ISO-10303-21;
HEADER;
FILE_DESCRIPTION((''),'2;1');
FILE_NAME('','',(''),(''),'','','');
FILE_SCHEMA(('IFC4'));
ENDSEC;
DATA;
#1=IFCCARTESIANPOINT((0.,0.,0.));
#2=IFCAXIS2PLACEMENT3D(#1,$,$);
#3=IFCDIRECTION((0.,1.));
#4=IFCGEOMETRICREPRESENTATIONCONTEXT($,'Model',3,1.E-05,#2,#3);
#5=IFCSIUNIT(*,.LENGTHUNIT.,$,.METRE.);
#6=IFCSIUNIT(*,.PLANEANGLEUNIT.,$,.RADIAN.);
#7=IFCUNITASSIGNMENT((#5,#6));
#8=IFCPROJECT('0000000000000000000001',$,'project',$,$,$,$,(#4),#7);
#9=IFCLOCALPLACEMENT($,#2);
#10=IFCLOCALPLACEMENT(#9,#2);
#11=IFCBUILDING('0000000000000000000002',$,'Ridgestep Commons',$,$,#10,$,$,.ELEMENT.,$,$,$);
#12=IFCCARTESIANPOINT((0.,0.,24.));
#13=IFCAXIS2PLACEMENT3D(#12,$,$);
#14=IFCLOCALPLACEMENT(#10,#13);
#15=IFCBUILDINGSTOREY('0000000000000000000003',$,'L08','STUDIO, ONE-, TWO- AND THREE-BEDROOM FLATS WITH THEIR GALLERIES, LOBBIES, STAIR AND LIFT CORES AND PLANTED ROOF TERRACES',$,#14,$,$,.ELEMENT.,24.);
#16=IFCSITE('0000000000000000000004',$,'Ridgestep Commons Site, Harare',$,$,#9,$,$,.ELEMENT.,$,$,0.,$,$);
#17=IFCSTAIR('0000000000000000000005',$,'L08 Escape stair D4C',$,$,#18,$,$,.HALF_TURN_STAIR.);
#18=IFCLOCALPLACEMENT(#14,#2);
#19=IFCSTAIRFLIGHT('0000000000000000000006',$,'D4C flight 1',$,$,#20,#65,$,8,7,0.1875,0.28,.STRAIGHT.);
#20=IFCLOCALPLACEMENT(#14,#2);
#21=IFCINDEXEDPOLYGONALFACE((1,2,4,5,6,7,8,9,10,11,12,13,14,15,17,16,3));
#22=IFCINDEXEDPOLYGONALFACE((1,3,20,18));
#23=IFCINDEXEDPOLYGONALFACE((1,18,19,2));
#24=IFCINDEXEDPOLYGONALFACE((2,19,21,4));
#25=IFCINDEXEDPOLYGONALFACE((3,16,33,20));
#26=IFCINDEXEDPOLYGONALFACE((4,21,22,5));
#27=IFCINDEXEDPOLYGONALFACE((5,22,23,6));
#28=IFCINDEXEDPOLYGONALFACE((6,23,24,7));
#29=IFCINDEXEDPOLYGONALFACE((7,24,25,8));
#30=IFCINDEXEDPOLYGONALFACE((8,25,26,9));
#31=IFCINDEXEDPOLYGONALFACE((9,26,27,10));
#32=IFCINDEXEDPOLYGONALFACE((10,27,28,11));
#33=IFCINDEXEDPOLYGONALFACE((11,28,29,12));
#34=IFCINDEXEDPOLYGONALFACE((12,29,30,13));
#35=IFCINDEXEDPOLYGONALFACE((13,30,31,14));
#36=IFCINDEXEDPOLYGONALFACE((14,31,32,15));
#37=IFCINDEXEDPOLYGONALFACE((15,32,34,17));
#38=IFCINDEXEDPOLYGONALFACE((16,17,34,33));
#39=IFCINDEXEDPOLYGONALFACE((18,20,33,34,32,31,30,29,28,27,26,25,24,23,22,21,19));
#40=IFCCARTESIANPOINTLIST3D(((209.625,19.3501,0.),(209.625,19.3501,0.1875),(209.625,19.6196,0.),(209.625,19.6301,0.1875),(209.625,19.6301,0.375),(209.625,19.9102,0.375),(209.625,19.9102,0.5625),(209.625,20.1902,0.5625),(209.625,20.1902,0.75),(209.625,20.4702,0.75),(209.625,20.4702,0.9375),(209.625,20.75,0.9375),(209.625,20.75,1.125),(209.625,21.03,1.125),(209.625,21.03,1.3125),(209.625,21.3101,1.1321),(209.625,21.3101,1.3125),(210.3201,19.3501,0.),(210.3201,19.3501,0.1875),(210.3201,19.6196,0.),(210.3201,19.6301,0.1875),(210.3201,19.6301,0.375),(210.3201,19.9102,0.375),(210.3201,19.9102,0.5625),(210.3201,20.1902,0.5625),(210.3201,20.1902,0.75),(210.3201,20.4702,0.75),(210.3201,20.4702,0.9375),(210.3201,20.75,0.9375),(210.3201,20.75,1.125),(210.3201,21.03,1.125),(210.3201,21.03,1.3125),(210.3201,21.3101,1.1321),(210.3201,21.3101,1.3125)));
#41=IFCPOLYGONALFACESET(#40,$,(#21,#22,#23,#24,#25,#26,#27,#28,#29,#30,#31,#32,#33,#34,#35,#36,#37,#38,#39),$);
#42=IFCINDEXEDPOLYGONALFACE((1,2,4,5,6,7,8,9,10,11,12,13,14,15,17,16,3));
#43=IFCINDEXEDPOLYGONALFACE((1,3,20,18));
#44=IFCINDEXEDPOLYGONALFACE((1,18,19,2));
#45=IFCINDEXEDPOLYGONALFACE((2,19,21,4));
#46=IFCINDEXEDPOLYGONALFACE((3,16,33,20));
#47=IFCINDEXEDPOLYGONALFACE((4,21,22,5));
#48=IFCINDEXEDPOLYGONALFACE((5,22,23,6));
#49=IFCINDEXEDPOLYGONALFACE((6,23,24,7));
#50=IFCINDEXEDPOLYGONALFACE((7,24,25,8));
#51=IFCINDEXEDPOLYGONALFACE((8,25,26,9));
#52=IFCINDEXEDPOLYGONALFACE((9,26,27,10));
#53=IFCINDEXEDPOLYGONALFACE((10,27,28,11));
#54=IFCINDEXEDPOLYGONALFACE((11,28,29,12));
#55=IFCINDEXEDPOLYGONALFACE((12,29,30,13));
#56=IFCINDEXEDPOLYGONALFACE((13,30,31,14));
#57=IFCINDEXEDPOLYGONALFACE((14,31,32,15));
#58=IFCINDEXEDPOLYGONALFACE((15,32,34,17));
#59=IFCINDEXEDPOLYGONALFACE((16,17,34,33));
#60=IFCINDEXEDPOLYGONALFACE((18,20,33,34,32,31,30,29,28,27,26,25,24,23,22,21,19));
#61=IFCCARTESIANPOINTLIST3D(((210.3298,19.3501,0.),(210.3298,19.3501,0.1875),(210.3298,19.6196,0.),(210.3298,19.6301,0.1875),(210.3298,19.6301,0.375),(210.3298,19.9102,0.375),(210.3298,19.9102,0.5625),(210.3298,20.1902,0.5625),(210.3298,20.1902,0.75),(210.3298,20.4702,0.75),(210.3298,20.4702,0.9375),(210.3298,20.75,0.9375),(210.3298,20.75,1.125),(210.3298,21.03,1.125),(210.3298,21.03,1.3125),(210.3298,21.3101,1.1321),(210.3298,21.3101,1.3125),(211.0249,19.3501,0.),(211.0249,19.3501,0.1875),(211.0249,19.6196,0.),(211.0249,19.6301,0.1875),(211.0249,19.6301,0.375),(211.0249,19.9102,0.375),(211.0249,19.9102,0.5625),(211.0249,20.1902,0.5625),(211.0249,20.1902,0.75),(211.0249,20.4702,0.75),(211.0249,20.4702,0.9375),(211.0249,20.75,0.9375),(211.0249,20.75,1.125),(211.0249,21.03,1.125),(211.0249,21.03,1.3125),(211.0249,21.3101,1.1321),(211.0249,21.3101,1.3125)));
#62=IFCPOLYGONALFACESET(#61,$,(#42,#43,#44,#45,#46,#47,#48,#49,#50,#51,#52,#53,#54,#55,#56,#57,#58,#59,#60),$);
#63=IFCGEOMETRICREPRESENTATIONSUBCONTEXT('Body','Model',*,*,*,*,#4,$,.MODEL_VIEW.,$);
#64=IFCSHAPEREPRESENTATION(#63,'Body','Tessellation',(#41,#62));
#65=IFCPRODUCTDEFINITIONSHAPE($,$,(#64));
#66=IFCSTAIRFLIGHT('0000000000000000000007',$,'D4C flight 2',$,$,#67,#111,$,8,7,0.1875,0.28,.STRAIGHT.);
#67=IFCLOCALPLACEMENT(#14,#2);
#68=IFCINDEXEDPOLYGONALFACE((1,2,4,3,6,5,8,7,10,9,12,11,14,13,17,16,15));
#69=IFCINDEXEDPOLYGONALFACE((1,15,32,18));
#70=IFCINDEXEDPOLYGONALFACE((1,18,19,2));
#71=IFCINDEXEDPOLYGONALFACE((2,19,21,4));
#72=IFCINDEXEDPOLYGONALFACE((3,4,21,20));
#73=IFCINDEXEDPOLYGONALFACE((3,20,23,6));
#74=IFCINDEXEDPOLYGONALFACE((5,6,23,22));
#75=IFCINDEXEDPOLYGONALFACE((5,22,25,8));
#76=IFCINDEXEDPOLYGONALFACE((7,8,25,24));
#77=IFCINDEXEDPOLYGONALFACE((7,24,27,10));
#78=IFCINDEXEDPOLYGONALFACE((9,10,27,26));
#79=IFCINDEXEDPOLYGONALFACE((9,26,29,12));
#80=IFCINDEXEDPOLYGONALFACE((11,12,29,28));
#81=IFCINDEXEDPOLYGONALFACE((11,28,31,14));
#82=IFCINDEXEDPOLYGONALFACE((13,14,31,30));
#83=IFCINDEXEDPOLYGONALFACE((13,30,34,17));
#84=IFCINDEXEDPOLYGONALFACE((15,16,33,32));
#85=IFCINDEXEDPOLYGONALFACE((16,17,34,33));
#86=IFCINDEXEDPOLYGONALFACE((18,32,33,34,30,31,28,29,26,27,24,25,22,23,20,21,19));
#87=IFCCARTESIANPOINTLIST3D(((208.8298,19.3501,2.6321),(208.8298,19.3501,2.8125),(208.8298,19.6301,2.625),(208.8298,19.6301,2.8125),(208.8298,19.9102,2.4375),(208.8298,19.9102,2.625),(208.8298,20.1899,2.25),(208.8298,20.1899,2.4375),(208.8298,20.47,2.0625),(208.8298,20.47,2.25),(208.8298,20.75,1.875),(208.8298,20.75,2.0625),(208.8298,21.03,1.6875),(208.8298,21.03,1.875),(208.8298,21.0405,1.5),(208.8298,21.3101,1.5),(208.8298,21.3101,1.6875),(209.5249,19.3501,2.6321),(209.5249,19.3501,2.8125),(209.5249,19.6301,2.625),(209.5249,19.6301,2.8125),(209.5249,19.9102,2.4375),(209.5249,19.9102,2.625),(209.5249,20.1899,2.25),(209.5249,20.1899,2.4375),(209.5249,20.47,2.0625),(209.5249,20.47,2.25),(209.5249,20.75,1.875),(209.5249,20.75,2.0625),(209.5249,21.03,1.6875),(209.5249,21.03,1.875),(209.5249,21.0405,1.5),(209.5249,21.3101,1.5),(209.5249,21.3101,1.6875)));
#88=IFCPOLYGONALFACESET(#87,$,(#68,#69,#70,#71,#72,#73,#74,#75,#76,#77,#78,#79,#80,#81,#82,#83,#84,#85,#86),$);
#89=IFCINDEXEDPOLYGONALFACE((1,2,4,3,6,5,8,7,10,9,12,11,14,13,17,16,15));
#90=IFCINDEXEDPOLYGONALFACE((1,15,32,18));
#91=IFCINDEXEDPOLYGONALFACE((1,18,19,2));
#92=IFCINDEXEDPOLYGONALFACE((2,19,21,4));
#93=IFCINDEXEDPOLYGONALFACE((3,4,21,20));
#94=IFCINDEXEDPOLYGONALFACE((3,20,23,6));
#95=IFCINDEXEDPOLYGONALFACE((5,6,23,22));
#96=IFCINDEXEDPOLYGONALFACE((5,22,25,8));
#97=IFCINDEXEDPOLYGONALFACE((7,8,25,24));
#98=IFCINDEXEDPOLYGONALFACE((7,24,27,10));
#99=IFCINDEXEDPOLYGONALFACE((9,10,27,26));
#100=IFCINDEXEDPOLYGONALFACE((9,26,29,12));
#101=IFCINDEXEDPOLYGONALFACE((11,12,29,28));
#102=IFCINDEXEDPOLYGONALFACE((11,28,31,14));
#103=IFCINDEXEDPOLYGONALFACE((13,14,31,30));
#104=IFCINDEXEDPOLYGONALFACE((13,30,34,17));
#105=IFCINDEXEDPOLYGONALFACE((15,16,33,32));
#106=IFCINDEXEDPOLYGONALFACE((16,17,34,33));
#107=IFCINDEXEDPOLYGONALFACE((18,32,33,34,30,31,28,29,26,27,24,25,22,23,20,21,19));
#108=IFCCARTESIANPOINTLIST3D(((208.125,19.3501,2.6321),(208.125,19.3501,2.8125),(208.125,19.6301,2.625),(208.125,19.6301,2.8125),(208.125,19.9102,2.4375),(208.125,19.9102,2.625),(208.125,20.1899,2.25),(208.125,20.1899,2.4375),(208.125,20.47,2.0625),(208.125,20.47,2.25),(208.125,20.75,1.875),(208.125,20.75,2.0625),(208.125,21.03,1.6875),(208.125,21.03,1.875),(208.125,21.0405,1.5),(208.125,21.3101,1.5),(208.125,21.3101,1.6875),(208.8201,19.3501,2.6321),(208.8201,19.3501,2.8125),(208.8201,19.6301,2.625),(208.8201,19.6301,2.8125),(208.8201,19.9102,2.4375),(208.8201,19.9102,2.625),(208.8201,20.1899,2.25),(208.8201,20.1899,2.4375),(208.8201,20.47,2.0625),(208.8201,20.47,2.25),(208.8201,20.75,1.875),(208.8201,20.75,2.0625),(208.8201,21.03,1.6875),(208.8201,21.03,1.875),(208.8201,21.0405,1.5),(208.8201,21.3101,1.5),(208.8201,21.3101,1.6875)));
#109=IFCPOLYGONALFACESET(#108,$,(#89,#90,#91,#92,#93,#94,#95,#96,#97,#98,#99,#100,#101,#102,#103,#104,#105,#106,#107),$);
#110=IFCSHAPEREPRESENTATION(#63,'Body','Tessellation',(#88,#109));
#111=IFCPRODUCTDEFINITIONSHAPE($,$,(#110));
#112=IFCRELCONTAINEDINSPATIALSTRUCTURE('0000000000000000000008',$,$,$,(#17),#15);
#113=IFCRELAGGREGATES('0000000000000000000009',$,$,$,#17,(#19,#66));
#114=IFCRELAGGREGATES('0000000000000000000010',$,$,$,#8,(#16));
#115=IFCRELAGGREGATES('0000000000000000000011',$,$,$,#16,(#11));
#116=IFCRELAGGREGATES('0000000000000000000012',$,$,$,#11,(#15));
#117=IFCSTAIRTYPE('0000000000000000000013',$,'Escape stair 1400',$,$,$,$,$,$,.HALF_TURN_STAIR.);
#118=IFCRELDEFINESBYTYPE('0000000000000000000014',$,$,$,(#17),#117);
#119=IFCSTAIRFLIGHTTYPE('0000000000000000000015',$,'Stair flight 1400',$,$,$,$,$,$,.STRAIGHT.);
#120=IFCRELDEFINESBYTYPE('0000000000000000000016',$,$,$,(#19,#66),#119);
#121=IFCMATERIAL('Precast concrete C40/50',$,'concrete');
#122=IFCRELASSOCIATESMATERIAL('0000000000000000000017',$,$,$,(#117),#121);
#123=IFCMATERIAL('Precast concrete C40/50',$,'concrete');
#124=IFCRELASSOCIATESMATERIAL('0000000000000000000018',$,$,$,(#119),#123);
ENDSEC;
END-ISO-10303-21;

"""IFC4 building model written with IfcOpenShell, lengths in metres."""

from ifc_helpers import new_model, si_unit, direction, frame, origin, place, context, subcontext, project, spatial, polyline, outline, extrude, material, type_object, element, aggregate, save


model = new_model("IFC4")

# Units and contexts
model_context = context("Model", 3, precision=1e-05, world=origin(), true_north=direction((0.0, 1.0)))
body_context = subcontext(model_context, "Body", "Model", "MODEL_VIEW")
ifc_project = project(units=[si_unit("LENGTHUNIT", "METRE"), si_unit("PLANEANGLEUNIT", "RADIAN")], contexts=[model_context])

# Site, building, storey
site_placement = place(None, origin())
site = spatial("IfcSite", under=ifc_project, at=site_placement, Name="Ridgestep Commons Site, Harare", CompositionType="ELEMENT", RefElevation=0.0)
building_placement = place(site_placement, origin())
building = spatial("IfcBuilding", under=site, at=building_placement, Name="Ridgestep Commons", CompositionType="ELEMENT")
storey_placement = place(building_placement, frame((0.0, 0.0, 24.0)))
storey = spatial("IfcBuildingStorey", under=building, at=storey_placement, Name="L08", Description="STUDIO, ONE-, TWO- AND THREE-BEDROOM FLATS WITH THEIR GALLERIES, LOBBIES, STAIR AND LIFT CORES AND PLANTED ROOF TERRACES", CompositionType="ELEMENT", Elevation=24.0)

# Stair, stair flights
ifc_material_1 = material(Name="Precast concrete C40/50", Category="concrete")
stair_type = type_object("IfcStairType", Name="Escape stair 1400", PredefinedType="HALF_TURN_STAIR", material=ifc_material_1)
stair_placement = place(storey_placement, origin())
stair = element("IfcStair", 1, at=stair_placement, inside=storey, type_object=stair_type, Name="L08 Escape stair D4C", PredefinedType="HALF_TURN_STAIR")
ifc_material_2 = material(Name="Precast concrete C40/50", Category="concrete")
stair_flight_type = type_object("IfcStairFlightType", Name="Stair flight 1400", PredefinedType="STRAIGHT", material=ifc_material_2)
stair_flight_1_placement = place(storey_placement, frame((210.325, 19.3501, 0.0), z_axis=(0.0, 0.0, 1.0), x_axis=(0.0, 1.0, 0.0)))
stair_flight_1 = element("IfcStairFlight", 2, at=stair_flight_1_placement, type_object=stair_flight_type, Name="D4C flight 1", NumberOfRisers=8, NumberOfTreads=7, PredefinedType="STRAIGHT", RiserHeight=0.1875, TreadLength=0.28, context=body_context, shape_type="SweptSolid", body=[
    extrude(outline(polyline([(0.0, 0.0), (0.0, 0.1875), (0.28, 0.1875), (0.28, 0.375), (0.5601, 0.375), (0.5601, 0.5625), (0.8401, 0.5625), (0.8401, 0.75), (1.1201, 0.75), (1.1201, 0.9375), (1.3999, 0.9375), (1.3999, 1.125), (1.6799, 1.125), (1.6799, 1.3125), (1.96, 1.3125), (1.96, 1.5), (1.96, 1.1321), (0.2695, 0.0), (0.0, 0.0)])), frame((0.0, 0.7, 0.0), z_axis=(0.0, -1.0, 0.0), x_axis=(1.0, 0.0, 0.0)), (0.0, 0.0, 1.0), 0.6951),
    extrude(outline(polyline([(0.0, 0.0), (0.0, 0.1875), (0.28, 0.1875), (0.28, 0.375), (0.5601, 0.375), (0.5601, 0.5625), (0.8401, 0.5625), (0.8401, 0.75), (1.1201, 0.75), (1.1201, 0.9375), (1.3999, 0.9375), (1.3999, 1.125), (1.6799, 1.125), (1.6799, 1.3125), (1.96, 1.3125), (1.96, 1.5), (1.96, 1.1321), (0.2695, 0.0), (0.0, 0.0)])), frame((0.0, -0.0049, 0.0), z_axis=(0.0, -1.0, 0.0), x_axis=(1.0, 0.0, 0.0)), (0.0, 0.0, 1.0), 0.6951),
])
stair_flight_2_placement = place(storey_placement, frame((208.825, 21.3101, 1.5), z_axis=(0.0, 0.0, 1.0), x_axis=(0.0, -1.0, 0.0)))
stair_flight_2 = element("IfcStairFlight", 3, at=stair_flight_2_placement, type_object=stair_flight_type, Name="D4C flight 2", NumberOfRisers=8, NumberOfTreads=7, PredefinedType="STRAIGHT", RiserHeight=0.1875, TreadLength=0.28, context=body_context, shape_type="SweptSolid", body=[
    extrude(outline(polyline([(0.0, 0.0), (0.0, 0.1875), (0.28, 0.1875), (0.28, 0.375), (0.5601, 0.375), (0.5601, 0.5625), (0.8401, 0.5625), (0.8401, 0.75), (1.1201, 0.75), (1.1201, 0.9375), (1.3999, 0.9375), (1.3999, 1.125), (1.6799, 1.125), (1.6799, 1.3125), (1.96, 1.3125), (1.96, 1.5), (1.96, 1.1321), (0.2695, 0.0), (0.0, 0.0)])), frame((0.0, 0.7, 0.0), z_axis=(0.0, -1.0, 0.0), x_axis=(1.0, 0.0, 0.0)), (0.0, 0.0, 1.0), 0.6951),
    extrude(outline(polyline([(0.0, 0.0), (0.0, 0.1875), (0.28, 0.1875), (0.28, 0.375), (0.5601, 0.375), (0.5601, 0.5625), (0.8401, 0.5625), (0.8401, 0.75), (1.1201, 0.75), (1.1201, 0.9375), (1.3999, 0.9375), (1.3999, 1.125), (1.6799, 1.125), (1.6799, 1.3125), (1.96, 1.3125), (1.96, 1.5), (1.96, 1.1321), (0.2695, 0.0), (0.0, 0.0)])), frame((0.0, -0.0049, 0.0), z_axis=(0.0, -1.0, 0.0), x_axis=(1.0, 0.0, 0.0)), (0.0, 0.0, 1.0), 0.6951),
])
aggregate(stair, [stair_flight_1, stair_flight_2])

save(model, "model.ifc")
